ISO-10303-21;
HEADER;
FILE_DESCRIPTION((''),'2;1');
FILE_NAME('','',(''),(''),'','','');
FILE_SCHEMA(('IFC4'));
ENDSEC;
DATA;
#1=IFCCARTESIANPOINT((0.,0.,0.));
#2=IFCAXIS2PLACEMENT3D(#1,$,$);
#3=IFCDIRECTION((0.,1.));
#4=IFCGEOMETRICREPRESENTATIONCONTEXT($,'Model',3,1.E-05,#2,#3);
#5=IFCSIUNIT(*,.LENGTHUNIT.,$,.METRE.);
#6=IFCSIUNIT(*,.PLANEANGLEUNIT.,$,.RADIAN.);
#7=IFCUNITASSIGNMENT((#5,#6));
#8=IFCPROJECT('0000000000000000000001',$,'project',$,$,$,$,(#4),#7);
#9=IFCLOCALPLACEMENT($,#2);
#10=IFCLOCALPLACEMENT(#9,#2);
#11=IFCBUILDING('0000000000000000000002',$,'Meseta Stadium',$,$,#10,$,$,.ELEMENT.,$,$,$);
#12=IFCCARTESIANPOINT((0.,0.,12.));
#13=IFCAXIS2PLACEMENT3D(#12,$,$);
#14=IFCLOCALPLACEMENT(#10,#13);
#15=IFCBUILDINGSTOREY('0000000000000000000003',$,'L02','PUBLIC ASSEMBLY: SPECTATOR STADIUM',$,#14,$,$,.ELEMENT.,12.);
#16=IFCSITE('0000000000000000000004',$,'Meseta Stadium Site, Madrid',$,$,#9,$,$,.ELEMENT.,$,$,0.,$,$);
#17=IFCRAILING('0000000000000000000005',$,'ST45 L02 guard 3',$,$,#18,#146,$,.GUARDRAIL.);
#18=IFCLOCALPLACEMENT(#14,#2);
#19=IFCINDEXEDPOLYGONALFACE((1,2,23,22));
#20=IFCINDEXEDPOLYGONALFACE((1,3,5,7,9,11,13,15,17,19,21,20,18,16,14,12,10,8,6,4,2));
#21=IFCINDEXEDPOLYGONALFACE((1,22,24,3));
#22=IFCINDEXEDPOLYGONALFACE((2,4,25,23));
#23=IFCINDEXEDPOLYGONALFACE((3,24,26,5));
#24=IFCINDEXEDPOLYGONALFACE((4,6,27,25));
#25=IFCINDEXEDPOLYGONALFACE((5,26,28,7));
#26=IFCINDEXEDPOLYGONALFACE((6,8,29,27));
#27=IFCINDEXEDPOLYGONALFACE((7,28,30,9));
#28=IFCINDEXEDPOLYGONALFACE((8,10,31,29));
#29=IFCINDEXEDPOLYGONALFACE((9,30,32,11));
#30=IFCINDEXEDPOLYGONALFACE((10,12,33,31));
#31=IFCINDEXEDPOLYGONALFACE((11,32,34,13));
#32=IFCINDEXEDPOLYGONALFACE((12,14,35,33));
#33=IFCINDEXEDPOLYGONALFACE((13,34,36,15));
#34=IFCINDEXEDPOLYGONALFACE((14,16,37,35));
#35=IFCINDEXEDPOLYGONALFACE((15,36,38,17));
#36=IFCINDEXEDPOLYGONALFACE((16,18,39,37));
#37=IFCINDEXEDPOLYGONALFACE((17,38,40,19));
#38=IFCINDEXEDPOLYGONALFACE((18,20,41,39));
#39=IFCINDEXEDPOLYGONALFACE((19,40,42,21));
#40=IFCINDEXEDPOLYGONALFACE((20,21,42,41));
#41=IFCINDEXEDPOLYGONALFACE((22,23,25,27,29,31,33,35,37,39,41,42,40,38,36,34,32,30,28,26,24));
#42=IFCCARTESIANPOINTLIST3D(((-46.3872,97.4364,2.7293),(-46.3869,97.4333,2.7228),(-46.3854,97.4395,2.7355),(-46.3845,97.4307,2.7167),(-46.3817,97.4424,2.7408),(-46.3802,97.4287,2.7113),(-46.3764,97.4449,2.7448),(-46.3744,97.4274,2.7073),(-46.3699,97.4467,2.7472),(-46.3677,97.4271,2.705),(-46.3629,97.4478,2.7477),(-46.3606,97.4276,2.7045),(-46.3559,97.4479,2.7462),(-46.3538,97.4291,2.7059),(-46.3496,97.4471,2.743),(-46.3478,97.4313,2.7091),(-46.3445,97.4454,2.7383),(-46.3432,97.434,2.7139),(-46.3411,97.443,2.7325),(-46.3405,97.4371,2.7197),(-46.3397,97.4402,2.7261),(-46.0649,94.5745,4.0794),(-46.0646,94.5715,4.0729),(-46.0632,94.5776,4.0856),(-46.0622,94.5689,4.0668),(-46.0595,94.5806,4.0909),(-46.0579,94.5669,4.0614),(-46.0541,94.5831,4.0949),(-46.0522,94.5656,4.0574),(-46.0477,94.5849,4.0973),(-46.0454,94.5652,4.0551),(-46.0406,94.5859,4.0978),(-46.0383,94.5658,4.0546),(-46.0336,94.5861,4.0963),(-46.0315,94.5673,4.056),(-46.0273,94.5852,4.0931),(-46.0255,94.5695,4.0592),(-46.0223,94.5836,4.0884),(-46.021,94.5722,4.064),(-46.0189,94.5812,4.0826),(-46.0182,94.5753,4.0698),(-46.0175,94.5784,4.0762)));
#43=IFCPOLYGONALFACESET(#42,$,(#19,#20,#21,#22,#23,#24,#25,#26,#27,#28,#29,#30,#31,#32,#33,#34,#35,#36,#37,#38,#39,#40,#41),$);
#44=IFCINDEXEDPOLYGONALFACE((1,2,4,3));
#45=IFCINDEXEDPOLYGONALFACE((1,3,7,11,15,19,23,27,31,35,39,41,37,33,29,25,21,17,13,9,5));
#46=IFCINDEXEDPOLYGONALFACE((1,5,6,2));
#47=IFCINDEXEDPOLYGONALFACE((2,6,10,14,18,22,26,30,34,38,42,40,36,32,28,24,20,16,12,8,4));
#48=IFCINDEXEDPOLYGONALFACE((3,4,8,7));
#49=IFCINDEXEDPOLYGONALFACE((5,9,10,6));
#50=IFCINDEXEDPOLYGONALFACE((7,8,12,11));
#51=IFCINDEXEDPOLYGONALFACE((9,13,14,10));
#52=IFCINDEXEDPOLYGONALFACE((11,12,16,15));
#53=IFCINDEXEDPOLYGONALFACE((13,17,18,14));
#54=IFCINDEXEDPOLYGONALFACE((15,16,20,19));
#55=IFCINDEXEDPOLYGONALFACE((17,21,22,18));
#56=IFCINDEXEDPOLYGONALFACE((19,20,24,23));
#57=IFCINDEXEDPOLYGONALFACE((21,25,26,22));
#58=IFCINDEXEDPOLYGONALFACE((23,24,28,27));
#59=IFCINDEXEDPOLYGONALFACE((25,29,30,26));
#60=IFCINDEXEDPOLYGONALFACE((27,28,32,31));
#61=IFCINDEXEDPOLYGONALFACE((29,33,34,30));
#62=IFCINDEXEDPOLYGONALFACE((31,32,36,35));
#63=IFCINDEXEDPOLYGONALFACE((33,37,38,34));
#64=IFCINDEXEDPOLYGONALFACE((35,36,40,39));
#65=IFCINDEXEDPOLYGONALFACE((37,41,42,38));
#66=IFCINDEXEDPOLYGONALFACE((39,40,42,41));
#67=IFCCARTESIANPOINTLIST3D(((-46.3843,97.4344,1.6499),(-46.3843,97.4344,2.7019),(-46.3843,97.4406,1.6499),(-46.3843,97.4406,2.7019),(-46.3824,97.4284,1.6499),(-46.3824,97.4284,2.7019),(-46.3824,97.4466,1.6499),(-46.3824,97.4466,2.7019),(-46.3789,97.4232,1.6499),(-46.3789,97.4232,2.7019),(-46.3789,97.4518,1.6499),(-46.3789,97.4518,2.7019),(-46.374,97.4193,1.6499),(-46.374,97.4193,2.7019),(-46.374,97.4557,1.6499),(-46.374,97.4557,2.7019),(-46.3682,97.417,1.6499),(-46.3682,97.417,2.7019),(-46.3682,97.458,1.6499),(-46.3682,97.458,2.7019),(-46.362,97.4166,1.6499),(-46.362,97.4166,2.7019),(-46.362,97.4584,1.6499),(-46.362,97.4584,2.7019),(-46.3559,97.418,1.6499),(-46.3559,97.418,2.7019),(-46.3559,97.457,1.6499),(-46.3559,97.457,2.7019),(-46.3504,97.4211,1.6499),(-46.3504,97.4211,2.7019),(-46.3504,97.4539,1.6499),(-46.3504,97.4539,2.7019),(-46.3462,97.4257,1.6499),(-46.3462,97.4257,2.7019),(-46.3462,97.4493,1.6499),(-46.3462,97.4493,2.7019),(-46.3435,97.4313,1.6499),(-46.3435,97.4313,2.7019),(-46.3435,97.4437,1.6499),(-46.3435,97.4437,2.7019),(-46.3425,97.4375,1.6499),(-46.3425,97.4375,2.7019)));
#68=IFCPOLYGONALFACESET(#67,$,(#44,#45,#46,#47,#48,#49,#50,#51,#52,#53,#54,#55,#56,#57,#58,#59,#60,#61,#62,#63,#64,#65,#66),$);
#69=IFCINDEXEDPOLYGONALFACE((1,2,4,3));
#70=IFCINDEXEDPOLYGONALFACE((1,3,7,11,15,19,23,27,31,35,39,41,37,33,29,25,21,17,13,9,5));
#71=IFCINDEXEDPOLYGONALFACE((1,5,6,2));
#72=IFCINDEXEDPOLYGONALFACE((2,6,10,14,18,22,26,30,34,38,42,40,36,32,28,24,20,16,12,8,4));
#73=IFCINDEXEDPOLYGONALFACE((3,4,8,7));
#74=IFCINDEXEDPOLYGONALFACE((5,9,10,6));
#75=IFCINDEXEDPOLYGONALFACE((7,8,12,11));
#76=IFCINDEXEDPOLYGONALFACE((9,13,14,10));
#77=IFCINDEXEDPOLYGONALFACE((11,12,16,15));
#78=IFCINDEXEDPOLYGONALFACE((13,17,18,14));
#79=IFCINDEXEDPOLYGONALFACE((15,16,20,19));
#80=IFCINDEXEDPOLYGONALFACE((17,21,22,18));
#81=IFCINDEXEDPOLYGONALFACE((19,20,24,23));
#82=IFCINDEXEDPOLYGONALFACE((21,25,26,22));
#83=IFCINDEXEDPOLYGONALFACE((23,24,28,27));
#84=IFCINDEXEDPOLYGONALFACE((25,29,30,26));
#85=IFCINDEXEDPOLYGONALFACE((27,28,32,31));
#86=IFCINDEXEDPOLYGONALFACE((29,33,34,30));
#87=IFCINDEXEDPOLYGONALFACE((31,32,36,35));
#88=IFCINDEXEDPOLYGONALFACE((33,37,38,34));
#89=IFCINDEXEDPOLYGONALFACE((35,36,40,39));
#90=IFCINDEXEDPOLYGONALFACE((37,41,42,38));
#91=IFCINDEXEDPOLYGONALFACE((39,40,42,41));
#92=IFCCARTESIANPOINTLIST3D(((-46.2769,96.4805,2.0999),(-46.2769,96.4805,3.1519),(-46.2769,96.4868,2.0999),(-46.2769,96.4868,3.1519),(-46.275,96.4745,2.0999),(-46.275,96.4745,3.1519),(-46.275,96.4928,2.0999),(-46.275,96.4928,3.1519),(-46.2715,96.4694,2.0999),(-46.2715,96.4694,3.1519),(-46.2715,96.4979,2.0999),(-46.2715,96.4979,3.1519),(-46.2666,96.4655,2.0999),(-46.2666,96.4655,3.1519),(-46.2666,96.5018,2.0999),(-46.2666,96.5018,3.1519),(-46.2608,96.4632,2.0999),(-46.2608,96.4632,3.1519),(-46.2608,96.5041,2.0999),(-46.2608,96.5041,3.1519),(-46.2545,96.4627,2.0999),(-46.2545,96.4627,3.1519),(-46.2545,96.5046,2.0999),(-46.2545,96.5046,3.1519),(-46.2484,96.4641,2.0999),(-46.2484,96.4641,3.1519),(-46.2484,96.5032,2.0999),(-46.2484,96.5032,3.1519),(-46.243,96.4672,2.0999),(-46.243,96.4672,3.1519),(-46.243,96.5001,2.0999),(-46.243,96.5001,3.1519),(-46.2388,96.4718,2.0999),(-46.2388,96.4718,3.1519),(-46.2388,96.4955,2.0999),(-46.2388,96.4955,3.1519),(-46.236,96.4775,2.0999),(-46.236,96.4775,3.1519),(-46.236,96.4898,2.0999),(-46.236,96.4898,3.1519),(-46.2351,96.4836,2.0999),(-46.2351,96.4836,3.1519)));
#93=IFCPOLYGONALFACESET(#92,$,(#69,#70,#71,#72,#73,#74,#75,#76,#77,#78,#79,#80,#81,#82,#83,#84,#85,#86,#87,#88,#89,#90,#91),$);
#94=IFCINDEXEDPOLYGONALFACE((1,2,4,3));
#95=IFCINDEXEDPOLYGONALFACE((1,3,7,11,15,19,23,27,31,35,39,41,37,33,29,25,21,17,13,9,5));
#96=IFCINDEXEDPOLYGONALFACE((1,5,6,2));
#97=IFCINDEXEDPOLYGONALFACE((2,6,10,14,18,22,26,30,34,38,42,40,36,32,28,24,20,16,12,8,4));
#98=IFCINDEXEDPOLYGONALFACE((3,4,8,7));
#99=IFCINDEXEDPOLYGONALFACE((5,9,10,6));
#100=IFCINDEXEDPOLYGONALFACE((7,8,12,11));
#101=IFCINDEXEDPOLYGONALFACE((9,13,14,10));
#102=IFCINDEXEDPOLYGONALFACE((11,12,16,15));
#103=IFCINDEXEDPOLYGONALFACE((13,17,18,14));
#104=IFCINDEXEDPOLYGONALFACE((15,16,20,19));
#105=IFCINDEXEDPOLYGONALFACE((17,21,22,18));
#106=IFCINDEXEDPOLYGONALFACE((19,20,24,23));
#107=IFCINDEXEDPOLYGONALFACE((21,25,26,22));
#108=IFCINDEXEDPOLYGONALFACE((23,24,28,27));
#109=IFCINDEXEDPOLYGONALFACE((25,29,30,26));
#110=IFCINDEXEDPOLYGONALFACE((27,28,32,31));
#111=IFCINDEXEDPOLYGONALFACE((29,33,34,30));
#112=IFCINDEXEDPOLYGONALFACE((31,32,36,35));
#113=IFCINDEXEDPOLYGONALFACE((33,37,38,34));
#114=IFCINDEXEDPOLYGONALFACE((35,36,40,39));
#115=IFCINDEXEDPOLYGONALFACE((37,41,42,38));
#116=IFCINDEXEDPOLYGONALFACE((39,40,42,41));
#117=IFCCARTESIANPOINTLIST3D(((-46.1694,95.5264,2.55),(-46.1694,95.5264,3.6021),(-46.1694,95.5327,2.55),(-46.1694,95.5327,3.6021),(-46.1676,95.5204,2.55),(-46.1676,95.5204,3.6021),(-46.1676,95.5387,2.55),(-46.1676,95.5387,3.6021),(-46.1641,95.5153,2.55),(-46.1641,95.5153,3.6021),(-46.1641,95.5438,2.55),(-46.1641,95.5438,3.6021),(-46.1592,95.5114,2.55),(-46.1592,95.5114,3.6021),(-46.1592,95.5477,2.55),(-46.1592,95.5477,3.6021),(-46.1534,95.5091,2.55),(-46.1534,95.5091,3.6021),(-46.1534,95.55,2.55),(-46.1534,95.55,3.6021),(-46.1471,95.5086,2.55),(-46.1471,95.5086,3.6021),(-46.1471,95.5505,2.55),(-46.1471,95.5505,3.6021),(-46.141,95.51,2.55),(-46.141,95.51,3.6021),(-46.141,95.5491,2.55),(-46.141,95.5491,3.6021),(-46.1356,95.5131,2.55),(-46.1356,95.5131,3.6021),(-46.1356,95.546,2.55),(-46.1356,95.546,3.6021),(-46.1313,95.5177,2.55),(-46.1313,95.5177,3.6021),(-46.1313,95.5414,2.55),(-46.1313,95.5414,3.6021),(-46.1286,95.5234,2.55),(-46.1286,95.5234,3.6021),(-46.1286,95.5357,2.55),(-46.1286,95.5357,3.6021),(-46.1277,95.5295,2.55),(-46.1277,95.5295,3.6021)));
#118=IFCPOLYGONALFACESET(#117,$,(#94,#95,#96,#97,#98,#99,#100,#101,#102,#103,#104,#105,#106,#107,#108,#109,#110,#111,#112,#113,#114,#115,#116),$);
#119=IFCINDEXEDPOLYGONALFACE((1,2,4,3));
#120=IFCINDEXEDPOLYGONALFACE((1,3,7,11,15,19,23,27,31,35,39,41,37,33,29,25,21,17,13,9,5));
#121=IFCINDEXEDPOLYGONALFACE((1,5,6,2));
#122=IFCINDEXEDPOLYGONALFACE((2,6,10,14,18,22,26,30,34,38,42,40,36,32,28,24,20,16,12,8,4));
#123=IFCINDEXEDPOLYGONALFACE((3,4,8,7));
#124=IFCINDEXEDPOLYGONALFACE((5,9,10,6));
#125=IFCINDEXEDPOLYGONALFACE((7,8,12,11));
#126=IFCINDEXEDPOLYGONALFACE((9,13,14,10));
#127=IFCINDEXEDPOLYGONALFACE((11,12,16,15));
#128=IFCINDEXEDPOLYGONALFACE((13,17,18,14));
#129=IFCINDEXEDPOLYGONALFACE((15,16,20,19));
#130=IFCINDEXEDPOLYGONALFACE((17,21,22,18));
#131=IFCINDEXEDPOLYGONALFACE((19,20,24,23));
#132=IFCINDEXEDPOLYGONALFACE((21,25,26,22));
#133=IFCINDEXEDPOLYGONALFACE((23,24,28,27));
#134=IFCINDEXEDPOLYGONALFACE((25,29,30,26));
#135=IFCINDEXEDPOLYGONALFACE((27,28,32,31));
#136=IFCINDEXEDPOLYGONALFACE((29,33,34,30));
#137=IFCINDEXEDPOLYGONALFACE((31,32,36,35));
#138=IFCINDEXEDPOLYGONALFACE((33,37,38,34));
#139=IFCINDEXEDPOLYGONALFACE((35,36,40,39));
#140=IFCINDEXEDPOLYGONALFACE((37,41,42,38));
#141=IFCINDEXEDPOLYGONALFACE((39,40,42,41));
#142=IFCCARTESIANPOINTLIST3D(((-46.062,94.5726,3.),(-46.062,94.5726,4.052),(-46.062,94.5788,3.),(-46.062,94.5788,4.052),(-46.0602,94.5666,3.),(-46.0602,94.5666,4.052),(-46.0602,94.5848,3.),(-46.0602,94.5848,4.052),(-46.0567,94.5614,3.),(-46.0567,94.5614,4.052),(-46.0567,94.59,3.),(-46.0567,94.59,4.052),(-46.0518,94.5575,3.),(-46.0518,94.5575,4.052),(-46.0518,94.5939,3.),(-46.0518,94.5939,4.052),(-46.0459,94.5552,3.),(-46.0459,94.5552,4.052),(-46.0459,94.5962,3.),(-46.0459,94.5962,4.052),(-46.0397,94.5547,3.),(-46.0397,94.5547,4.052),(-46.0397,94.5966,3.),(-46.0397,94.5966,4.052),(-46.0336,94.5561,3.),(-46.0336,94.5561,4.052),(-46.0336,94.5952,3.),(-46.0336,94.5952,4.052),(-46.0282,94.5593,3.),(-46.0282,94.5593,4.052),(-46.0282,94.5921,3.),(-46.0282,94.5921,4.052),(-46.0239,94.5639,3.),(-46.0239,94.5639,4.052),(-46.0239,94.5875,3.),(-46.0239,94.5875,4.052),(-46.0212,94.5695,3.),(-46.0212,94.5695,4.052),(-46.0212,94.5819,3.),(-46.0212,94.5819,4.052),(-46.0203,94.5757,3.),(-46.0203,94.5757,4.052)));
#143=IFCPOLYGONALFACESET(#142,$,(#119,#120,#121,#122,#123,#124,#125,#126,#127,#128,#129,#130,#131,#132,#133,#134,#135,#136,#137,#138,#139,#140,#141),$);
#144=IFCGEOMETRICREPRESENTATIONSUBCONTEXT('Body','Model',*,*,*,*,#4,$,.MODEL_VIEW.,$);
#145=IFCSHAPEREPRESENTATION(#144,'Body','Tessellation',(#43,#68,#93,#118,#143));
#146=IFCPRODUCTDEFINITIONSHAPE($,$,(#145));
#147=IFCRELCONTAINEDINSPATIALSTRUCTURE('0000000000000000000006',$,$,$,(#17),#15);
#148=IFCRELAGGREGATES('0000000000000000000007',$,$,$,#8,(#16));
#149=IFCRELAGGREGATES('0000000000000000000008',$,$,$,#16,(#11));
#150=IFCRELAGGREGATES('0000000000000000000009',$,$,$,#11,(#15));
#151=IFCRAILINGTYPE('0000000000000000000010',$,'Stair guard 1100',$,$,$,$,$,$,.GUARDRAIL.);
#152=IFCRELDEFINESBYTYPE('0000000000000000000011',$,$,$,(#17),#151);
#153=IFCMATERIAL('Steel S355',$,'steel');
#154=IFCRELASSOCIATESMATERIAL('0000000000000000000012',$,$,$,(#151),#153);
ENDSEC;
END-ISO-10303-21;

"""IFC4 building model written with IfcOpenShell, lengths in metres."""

from ifc_helpers import new_model, si_unit, direction, frame, origin, origin_2d, place, context, subcontext, project, spatial, circle, extrude, material, type_object, element, save


model = new_model("IFC4")

# Units and contexts
model_context = context("Model", 3, precision=1e-05, world=origin(), true_north=direction((0.0, 1.0)))
body_context = subcontext(model_context, "Body", "Model", "MODEL_VIEW")
ifc_project = project(units=[si_unit("LENGTHUNIT", "METRE"), si_unit("PLANEANGLEUNIT", "RADIAN")], contexts=[model_context])

# Site, building, storey
site_placement = place(None, origin())
site = spatial("IfcSite", under=ifc_project, at=site_placement, Name="Meseta Stadium Site, Madrid", CompositionType="ELEMENT", RefElevation=0.0)
building_placement = place(site_placement, origin())
building = spatial("IfcBuilding", under=site, at=building_placement, Name="Meseta Stadium", CompositionType="ELEMENT")
storey_placement = place(building_placement, frame((0.0, 0.0, 12.0)))
storey = spatial("IfcBuildingStorey", under=building, at=storey_placement, Name="L02", Description="PUBLIC ASSEMBLY: SPECTATOR STADIUM", CompositionType="ELEMENT", Elevation=12.0)

# Railing
ifc_material_1 = material(Name="Steel S355", Category="steel")
railing_type_1 = type_object("IfcRailingType", Name="Stair guard 1100", PredefinedType="GUARDRAIL", material=ifc_material_1)
railing_1_placement = place(storey_placement, frame((-46.3635, 97.4375, 1.6499)))
element("IfcRailing", 1, at=railing_1_placement, inside=storey, type_object=railing_type_1, Name="ST45 L02 guard 3", PredefinedType="GUARDRAIL", context=body_context, shape_type="SweptSolid", body=[
    extrude(circle(Radius=0.0239, at=origin_2d()), frame((0.0, 0.0, 1.0762), z_axis=(0.10132, -0.899755, 0.424471), x_axis=(0.993719, 0.111902, 0.0)), (0.0, 0.0, 1.0), 3.1807),
    extrude(circle(Radius=0.021, at=origin_2d()), origin(), (0.0, 0.0, 1.0), 1.052),
    extrude(circle(Radius=0.021, at=origin_2d()), frame((0.1074, -0.9539, 0.45)), (0.0, 0.0, 1.0), 1.052),
    extrude(circle(Radius=0.021, at=origin_2d()), frame((0.2148, -1.908, 0.9001)), (0.0, 0.0, 1.0), 1.052),
    extrude(circle(Radius=0.021, at=origin_2d()), frame((0.3223, -2.8618, 1.3501)), (0.0, 0.0, 1.0), 1.052),
])

save(model, "model.ifc")
